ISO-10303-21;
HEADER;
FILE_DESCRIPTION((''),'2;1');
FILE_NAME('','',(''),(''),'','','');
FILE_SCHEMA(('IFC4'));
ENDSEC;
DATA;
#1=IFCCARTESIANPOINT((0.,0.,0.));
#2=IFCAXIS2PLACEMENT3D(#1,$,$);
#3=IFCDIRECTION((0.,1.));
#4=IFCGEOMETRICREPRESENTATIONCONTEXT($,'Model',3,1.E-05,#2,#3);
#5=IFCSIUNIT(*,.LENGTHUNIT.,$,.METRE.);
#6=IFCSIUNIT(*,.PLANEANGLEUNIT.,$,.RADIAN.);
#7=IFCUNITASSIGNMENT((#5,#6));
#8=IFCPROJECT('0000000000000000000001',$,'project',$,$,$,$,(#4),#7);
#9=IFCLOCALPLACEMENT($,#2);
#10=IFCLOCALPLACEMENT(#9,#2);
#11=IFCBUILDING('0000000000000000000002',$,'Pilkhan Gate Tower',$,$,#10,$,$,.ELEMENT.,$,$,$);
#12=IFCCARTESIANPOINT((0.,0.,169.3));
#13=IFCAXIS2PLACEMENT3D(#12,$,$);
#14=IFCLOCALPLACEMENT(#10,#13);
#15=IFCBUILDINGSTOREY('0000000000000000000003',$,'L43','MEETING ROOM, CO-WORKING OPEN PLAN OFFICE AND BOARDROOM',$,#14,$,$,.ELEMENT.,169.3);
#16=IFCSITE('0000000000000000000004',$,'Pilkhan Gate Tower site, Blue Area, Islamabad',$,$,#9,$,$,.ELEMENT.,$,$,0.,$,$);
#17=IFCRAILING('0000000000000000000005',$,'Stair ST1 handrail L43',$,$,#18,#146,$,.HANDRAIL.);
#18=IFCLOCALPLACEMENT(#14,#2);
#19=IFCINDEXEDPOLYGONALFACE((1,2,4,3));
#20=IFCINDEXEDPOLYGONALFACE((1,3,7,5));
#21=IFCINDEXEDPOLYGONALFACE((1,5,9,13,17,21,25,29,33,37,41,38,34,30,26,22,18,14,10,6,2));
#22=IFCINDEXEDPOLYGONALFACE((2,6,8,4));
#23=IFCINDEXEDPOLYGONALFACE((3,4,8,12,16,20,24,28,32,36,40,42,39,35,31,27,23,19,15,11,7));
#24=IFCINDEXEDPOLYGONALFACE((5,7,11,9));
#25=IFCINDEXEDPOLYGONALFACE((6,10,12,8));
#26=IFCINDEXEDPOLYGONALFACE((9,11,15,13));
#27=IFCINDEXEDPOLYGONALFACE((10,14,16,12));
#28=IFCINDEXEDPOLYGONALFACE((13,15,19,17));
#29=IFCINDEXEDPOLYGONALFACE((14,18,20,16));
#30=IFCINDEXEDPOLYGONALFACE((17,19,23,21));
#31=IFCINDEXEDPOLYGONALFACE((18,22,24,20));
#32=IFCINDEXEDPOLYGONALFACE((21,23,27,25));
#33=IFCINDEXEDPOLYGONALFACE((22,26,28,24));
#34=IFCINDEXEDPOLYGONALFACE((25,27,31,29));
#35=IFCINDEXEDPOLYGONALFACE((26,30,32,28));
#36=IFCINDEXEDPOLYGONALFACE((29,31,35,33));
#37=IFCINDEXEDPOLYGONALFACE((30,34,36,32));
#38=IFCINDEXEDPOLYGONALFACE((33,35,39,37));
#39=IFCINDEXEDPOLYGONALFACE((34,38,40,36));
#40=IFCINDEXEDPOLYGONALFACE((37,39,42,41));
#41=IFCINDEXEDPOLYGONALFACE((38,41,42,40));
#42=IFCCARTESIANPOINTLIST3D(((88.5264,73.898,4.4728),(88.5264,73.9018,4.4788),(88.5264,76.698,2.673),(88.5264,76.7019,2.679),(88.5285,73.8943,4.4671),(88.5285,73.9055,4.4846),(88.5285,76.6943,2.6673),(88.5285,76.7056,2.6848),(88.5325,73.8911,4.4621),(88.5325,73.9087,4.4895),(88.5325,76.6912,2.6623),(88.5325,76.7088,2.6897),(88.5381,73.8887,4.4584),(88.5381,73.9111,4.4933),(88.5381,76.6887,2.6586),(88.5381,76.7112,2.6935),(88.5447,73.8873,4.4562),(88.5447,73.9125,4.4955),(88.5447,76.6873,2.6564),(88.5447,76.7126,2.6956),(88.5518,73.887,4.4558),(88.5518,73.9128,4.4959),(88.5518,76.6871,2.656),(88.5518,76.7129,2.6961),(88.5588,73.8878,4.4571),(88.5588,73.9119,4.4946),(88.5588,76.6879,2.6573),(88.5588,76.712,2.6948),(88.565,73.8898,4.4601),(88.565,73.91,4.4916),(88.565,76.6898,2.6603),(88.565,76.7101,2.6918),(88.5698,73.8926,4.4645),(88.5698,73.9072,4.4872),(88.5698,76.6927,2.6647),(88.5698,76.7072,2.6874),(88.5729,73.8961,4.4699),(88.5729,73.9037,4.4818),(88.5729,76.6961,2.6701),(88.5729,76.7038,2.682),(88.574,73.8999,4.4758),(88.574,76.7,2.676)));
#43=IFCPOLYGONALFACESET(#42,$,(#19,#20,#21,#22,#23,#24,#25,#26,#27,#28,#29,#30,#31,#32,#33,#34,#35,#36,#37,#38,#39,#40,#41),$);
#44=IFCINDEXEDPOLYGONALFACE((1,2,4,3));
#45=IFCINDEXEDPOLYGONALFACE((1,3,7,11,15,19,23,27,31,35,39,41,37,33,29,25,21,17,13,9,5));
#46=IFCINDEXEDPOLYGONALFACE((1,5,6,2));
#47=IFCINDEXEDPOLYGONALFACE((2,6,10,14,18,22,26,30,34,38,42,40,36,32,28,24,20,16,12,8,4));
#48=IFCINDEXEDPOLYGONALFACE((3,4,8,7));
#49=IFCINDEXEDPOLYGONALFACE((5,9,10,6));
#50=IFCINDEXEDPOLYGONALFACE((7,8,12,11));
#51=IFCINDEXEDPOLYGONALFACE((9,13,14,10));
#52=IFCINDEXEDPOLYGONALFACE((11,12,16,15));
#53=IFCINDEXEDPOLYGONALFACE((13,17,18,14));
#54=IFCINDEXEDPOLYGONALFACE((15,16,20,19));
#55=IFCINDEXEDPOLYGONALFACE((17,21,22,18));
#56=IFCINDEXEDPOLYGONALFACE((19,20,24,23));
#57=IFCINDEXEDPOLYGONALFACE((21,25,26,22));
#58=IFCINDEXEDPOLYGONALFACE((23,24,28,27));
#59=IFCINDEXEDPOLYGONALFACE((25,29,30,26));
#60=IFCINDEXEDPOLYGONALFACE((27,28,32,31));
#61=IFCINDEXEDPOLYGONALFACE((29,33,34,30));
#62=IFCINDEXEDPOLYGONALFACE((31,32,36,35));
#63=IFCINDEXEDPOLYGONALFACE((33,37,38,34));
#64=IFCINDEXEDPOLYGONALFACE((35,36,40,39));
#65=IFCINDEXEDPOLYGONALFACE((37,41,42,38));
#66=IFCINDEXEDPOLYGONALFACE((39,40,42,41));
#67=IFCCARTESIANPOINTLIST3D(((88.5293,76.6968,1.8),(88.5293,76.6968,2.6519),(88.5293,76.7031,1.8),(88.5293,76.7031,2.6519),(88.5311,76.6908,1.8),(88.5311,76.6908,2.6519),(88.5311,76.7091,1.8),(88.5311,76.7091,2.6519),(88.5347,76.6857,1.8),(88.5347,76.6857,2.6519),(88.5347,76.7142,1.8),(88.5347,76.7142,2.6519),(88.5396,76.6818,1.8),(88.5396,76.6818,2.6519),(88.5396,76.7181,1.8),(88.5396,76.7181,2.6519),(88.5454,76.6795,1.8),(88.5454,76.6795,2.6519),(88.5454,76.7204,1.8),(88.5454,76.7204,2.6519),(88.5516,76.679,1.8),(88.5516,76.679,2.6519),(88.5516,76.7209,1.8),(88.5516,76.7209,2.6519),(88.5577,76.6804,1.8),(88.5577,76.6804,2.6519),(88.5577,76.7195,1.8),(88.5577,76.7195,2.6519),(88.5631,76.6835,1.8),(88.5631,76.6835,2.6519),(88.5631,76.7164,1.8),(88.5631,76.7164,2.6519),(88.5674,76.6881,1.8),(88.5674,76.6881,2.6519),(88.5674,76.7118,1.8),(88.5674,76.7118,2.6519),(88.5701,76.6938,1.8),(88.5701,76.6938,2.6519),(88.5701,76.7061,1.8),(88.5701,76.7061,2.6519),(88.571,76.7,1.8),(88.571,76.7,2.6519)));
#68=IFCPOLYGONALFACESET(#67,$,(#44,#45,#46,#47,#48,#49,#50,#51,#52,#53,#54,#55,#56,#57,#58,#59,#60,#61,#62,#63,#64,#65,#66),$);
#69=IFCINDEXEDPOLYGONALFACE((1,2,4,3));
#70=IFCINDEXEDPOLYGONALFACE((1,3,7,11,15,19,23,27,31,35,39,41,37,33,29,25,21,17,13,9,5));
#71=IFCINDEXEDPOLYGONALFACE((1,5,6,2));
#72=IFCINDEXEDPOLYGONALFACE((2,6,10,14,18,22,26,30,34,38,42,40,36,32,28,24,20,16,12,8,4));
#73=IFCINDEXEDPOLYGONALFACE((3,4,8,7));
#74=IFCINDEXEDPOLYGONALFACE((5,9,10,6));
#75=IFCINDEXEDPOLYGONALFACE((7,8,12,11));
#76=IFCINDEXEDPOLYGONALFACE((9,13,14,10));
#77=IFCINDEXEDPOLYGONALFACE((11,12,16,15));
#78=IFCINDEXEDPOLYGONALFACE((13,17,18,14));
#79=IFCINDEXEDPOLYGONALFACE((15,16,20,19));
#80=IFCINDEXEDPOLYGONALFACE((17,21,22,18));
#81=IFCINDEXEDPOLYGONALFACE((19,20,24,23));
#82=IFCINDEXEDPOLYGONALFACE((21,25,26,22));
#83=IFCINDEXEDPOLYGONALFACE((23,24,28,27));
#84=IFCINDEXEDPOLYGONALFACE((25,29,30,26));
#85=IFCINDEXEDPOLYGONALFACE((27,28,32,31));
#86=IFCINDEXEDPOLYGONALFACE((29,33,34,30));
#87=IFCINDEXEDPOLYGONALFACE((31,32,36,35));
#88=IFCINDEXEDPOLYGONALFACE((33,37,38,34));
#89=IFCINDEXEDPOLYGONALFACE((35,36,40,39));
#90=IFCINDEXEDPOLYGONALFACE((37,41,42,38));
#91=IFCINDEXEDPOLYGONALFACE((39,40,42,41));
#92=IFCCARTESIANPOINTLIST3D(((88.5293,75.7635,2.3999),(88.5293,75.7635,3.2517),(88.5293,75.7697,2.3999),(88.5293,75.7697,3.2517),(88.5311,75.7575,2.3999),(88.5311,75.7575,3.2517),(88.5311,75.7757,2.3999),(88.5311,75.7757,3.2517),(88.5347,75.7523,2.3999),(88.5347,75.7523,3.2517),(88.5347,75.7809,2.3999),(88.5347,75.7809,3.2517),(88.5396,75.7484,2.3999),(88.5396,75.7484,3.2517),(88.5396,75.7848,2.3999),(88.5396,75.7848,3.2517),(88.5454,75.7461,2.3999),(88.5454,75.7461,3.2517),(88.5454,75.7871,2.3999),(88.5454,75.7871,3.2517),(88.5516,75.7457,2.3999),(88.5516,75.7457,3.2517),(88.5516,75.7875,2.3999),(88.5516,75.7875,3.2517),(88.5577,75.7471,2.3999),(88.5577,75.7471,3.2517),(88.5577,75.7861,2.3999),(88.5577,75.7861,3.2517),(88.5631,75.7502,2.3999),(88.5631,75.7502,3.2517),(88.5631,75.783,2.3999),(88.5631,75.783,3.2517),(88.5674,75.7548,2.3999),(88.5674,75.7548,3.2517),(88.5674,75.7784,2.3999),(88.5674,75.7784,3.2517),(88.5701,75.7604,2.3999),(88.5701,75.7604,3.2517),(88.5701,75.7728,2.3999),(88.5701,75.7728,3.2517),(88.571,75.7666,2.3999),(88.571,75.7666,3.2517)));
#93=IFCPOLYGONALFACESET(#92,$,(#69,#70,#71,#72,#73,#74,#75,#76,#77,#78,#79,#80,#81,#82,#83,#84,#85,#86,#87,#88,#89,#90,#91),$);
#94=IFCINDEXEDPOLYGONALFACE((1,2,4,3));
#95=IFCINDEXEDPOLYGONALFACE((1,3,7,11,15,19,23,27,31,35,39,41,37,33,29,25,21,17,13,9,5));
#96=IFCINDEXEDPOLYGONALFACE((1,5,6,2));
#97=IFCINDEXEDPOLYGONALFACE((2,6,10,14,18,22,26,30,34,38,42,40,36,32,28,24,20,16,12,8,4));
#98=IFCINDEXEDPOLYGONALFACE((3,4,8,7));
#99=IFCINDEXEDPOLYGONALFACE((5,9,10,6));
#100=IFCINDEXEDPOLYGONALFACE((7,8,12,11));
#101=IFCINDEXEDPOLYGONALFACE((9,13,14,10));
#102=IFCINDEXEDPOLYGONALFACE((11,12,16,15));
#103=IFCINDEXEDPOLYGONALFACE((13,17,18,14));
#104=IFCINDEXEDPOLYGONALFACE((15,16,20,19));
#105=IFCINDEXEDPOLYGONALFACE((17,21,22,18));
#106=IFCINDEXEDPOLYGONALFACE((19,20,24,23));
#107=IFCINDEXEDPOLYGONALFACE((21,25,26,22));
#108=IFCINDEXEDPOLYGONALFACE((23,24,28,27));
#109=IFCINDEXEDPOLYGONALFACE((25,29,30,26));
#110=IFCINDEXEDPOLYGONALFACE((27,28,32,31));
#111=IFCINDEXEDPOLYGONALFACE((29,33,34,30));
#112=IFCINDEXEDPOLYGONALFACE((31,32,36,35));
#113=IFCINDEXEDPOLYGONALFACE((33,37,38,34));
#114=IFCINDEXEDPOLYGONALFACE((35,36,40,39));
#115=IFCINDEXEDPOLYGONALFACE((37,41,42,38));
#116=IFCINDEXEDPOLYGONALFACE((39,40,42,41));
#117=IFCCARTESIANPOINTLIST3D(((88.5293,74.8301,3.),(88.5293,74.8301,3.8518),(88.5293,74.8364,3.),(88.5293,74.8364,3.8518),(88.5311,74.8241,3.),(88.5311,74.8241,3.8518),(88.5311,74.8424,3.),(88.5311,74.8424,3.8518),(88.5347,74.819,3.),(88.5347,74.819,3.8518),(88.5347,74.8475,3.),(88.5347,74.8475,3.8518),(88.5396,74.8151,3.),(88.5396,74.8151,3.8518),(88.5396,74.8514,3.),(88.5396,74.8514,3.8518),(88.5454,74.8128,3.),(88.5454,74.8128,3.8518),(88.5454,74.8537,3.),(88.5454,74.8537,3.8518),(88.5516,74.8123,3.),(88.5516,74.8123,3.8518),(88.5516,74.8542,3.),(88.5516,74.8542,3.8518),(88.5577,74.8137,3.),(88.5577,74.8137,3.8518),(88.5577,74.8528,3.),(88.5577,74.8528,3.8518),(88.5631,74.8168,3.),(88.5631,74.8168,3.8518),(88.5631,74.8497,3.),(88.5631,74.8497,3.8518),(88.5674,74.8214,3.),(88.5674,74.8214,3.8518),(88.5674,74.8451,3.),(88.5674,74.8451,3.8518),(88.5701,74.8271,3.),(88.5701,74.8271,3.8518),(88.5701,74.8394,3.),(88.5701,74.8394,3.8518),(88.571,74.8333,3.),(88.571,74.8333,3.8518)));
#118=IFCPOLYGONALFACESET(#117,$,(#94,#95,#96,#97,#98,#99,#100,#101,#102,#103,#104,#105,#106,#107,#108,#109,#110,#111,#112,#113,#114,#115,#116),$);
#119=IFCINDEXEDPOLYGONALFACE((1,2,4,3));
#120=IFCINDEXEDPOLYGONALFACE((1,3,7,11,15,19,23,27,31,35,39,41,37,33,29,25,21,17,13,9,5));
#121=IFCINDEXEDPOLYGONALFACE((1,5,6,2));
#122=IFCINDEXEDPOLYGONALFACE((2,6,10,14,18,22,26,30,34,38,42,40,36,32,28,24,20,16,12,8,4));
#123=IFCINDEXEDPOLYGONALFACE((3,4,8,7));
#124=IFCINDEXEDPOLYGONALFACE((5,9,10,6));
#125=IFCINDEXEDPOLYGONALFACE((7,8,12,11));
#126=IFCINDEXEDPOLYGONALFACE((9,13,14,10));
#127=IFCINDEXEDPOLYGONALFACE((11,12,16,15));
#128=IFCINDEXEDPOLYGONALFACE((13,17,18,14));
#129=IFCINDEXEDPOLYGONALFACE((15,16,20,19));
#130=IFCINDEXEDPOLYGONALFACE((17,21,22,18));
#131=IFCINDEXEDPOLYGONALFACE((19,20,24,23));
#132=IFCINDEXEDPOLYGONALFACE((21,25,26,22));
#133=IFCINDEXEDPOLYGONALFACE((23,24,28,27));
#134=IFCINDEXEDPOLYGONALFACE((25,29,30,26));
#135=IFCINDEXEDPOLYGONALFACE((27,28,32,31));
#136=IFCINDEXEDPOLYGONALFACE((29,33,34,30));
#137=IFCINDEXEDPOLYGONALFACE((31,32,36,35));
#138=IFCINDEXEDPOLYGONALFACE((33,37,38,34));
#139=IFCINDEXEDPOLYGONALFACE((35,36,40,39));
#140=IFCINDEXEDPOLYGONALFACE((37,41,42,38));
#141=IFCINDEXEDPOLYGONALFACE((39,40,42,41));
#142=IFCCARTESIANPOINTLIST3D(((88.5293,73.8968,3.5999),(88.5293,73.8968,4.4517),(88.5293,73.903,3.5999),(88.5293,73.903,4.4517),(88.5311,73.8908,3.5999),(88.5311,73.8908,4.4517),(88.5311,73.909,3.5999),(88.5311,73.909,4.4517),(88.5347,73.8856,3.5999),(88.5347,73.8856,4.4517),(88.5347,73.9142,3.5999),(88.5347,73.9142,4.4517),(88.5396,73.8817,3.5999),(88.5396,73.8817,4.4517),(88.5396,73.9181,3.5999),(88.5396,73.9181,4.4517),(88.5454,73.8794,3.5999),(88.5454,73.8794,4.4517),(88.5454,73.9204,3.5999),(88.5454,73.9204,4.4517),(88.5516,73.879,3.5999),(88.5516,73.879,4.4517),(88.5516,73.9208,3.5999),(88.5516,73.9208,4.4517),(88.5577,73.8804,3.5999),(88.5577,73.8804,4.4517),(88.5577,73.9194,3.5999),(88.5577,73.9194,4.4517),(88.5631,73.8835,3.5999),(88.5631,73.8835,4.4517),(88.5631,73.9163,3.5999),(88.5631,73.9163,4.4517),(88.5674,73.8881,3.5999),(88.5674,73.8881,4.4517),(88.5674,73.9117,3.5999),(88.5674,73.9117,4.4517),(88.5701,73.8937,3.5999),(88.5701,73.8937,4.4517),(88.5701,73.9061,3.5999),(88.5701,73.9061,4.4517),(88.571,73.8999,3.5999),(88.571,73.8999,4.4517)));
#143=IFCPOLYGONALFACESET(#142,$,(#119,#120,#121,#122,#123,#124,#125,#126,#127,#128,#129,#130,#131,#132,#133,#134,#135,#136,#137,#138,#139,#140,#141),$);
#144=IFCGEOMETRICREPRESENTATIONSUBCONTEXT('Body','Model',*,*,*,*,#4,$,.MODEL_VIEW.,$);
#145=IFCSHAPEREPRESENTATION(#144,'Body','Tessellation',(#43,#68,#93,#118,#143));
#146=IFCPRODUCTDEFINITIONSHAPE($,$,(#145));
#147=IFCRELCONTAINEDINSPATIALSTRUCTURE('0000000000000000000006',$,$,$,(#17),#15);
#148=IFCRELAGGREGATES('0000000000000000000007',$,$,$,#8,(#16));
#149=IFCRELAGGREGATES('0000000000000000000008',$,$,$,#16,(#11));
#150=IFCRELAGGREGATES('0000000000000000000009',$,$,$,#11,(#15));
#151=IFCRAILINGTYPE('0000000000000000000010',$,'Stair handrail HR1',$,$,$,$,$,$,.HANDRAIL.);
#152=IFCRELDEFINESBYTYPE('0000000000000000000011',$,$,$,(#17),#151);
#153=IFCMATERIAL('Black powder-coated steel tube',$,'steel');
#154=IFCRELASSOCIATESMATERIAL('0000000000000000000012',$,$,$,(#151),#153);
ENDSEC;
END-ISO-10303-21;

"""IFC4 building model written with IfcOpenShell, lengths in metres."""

from ifc_helpers import new_model, si_unit, direction, frame, origin, origin_2d, place, context, subcontext, project, spatial, circle, extrude, material, type_object, element, save


model = new_model("IFC4")

# Units and contexts
model_context = context("Model", 3, precision=1e-05, world=origin(), true_north=direction((0.0, 1.0)))
body_context = subcontext(model_context, "Body", "Model", "MODEL_VIEW")
ifc_project = project(units=[si_unit("LENGTHUNIT", "METRE"), si_unit("PLANEANGLEUNIT", "RADIAN")], contexts=[model_context])

# Site, building, storey
site_placement = place(None, origin())
site = spatial("IfcSite", under=ifc_project, at=site_placement, Name="Pilkhan Gate Tower site, Blue Area, Islamabad", CompositionType="ELEMENT", RefElevation=0.0)
building_placement = place(site_placement, origin())
building = spatial("IfcBuilding", under=site, at=building_placement, Name="Pilkhan Gate Tower", CompositionType="ELEMENT")
storey_placement = place(building_placement, frame((0.0, 0.0, 169.3)))
storey = spatial("IfcBuildingStorey", under=building, at=storey_placement, Name="L43", Description="MEETING ROOM, CO-WORKING OPEN PLAN OFFICE AND BOARDROOM", CompositionType="ELEMENT", Elevation=169.3)

# Railing
ifc_material_1 = material(Name="Black powder-coated steel tube", Category="steel")
railing_type_1 = type_object("IfcRailingType", Name="Stair handrail HR1", PredefinedType="HANDRAIL", material=ifc_material_1)
railing_1_placement = place(storey_placement, frame((88.55, 76.7, 1.8)))
element("IfcRailing", 1, at=railing_1_placement, inside=storey, type_object=railing_type_1, Name="Stair ST1 handrail L43", PredefinedType="HANDRAIL", context=body_context, shape_type="SweptSolid", body=[
    extrude(circle(Radius=0.0239, at=origin_2d()), frame((0.0, 0.0, 0.876), z_axis=(0.0, -0.841209, 0.540709), x_axis=(1.0, 0.0, 0.0)), (0.0, 0.0, 1.0), 3.3286),
    extrude(circle(Radius=0.021, at=origin_2d()), origin(), (0.0, 0.0, 1.0), 0.8518),
    extrude(circle(Radius=0.021, at=origin_2d()), frame((0.0, -0.9333, 0.5999)), (0.0, 0.0, 1.0), 0.8518),
    extrude(circle(Radius=0.021, at=origin_2d()), frame((0.0, -1.8667, 1.2)), (0.0, 0.0, 1.0), 0.8518),
    extrude(circle(Radius=0.021, at=origin_2d()), frame((0.0, -2.8, 1.7998)), (0.0, 0.0, 1.0), 0.8518),
])

save(model, "model.ifc")
